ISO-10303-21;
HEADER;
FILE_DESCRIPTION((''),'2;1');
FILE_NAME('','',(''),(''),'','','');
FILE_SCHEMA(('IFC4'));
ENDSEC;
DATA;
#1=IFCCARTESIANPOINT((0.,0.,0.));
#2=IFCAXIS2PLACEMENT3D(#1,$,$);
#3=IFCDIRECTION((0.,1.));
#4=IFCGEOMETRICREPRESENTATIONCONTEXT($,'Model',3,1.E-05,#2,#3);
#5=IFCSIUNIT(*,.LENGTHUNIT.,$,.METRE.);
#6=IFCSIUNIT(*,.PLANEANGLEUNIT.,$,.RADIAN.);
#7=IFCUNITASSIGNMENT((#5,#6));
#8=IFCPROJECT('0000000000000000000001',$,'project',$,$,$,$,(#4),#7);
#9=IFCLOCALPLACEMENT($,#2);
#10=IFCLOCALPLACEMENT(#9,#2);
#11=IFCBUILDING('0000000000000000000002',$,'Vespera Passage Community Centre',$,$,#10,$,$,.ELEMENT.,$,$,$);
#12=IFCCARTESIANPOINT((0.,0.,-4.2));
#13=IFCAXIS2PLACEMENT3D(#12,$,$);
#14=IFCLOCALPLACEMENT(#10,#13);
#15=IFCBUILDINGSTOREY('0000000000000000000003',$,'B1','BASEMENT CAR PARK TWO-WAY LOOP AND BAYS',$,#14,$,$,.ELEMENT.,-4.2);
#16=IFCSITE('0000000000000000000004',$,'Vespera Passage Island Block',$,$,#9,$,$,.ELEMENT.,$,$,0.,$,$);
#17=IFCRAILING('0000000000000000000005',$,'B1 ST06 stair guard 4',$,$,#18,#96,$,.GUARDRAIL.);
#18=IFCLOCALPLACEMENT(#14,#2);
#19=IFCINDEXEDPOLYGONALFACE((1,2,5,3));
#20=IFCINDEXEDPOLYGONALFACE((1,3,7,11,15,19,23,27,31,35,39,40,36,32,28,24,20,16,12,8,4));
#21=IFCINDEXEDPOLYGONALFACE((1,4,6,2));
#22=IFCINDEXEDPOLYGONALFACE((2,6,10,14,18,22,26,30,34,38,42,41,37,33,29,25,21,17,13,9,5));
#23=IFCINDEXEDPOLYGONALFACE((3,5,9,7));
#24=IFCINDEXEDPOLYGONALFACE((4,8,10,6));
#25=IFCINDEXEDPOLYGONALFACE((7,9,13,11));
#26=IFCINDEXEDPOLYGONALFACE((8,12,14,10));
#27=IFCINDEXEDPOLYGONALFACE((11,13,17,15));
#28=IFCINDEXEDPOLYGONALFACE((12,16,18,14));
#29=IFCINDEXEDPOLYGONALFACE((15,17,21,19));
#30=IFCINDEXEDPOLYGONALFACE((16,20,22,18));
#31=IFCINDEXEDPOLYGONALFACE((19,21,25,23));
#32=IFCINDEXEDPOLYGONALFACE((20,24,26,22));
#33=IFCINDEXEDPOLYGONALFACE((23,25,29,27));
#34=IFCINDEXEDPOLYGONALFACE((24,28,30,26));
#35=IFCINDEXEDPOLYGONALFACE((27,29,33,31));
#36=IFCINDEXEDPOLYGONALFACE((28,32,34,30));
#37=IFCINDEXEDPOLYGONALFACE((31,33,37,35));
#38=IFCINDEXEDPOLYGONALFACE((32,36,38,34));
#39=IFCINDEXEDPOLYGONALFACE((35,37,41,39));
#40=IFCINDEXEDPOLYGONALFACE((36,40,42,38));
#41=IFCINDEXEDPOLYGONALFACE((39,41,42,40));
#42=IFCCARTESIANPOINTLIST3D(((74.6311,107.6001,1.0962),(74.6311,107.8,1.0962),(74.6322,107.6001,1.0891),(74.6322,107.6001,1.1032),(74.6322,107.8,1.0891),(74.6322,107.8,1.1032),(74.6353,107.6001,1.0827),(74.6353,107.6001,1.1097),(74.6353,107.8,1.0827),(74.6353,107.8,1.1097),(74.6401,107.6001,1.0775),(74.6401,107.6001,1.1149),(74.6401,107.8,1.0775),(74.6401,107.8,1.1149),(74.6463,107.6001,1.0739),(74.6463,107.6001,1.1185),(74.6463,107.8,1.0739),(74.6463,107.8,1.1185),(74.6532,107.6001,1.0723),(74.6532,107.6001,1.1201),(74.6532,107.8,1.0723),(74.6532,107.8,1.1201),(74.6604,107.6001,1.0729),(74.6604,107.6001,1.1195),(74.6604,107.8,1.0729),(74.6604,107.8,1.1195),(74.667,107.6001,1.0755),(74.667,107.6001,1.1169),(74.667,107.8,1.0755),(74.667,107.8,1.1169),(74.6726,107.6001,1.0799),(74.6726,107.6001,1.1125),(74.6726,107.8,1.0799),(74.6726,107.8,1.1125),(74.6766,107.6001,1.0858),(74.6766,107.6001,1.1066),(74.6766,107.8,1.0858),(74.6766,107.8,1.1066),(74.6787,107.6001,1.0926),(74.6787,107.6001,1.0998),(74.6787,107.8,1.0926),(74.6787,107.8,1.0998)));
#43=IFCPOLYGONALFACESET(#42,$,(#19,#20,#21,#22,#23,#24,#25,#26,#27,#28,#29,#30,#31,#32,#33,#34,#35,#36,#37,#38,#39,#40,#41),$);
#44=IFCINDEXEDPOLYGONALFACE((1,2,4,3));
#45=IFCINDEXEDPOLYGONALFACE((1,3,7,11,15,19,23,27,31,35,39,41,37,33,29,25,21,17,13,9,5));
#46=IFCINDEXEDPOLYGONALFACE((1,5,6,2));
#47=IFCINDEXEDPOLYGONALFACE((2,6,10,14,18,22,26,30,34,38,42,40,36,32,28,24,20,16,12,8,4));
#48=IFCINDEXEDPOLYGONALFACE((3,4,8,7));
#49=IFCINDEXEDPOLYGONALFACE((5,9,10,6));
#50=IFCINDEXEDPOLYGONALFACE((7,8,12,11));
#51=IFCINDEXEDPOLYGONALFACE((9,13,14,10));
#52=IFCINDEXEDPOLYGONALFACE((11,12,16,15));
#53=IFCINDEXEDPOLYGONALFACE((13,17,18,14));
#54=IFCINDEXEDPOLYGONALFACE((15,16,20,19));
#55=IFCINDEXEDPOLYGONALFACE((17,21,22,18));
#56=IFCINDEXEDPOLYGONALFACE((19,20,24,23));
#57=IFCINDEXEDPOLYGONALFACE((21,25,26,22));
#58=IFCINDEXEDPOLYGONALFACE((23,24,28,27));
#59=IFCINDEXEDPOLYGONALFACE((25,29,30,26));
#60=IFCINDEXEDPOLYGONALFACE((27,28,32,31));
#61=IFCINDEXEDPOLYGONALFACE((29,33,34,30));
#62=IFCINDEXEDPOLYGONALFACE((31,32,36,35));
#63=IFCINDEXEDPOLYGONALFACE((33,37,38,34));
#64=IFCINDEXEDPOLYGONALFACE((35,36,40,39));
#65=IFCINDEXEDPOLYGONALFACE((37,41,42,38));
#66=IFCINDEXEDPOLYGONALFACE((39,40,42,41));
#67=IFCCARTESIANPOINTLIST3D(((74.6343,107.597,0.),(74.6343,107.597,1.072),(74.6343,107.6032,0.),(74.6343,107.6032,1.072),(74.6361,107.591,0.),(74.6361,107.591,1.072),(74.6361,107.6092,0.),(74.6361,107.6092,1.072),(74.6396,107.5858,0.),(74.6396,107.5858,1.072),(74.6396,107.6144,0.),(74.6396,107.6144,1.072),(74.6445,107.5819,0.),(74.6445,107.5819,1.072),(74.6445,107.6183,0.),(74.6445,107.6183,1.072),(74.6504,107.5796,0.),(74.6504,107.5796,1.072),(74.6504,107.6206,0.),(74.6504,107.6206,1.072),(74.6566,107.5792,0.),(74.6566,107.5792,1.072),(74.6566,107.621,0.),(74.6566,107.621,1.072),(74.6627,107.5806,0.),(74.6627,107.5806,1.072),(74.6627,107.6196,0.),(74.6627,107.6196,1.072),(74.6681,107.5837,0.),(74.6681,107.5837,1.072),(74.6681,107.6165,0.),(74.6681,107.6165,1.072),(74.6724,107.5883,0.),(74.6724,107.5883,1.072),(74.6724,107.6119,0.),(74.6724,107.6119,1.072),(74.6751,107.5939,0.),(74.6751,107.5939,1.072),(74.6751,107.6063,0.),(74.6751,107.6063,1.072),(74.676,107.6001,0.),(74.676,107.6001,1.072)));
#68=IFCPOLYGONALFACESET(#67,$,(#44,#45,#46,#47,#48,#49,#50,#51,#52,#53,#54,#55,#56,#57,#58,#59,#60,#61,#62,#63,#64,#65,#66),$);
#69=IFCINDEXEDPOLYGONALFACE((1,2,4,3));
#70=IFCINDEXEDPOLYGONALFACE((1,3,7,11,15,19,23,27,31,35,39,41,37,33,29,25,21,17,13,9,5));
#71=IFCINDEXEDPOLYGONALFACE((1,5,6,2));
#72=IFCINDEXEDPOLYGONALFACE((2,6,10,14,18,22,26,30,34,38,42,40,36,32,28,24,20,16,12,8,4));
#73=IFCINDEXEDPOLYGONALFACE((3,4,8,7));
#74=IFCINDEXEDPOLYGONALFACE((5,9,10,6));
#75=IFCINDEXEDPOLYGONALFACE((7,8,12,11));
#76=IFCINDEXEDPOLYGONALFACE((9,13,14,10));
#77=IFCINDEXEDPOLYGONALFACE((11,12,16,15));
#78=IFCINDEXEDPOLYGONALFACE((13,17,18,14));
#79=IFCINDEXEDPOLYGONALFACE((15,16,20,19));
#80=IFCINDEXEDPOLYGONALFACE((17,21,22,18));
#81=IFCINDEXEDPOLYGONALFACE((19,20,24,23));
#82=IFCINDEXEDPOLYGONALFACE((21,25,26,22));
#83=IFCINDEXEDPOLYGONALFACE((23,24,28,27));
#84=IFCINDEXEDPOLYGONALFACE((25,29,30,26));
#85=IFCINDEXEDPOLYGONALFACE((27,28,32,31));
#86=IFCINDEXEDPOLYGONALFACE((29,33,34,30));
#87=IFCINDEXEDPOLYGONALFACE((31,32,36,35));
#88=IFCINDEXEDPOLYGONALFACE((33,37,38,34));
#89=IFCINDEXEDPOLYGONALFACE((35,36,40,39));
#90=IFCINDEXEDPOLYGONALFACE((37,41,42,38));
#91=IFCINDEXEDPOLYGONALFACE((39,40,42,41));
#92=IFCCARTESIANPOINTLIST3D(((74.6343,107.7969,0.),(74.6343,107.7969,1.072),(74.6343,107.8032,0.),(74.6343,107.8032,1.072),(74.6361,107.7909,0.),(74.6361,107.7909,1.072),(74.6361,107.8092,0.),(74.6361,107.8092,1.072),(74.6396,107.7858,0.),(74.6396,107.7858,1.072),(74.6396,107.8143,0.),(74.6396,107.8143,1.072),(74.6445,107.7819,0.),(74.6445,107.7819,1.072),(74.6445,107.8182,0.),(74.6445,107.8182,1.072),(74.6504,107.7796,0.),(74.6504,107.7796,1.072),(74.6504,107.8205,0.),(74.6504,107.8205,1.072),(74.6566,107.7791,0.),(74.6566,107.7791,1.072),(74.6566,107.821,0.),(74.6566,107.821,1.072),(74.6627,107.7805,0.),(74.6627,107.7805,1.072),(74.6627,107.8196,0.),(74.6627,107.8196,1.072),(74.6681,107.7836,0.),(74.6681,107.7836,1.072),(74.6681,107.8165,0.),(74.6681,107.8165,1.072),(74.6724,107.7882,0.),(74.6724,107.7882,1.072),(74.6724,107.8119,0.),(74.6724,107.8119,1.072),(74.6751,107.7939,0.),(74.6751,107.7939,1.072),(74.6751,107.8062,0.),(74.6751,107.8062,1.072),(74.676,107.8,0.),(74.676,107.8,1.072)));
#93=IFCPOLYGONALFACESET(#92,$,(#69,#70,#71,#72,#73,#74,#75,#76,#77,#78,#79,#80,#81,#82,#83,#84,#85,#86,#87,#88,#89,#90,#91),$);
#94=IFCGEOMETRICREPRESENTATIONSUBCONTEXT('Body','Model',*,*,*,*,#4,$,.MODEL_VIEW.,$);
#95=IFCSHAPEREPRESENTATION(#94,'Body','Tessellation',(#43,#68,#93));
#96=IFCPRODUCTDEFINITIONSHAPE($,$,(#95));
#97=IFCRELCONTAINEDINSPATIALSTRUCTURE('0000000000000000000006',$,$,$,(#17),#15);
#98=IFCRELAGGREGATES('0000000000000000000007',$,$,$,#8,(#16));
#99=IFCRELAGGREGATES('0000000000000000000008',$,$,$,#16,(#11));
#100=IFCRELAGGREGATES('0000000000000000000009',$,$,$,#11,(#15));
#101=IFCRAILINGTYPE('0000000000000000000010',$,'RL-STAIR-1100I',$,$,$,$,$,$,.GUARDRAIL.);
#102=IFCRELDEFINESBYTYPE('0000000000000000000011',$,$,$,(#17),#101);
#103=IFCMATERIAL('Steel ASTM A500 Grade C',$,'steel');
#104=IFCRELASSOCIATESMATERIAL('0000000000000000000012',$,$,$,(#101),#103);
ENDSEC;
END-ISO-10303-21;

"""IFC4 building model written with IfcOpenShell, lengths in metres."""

from ifc_helpers import new_model, si_unit, direction, frame, origin, origin_2d, place, context, subcontext, project, spatial, circle, extrude, material, type_object, element, save


model = new_model("IFC4")

# Units and contexts
model_context = context("Model", 3, precision=1e-05, world=origin(), true_north=direction((0.0, 1.0)))
body_context = subcontext(model_context, "Body", "Model", "MODEL_VIEW")
ifc_project = project(units=[si_unit("LENGTHUNIT", "METRE"), si_unit("PLANEANGLEUNIT", "RADIAN")], contexts=[model_context])

# Site, building, storey
site_placement = place(None, origin())
site = spatial("IfcSite", under=ifc_project, at=site_placement, Name="Vespera Passage Island Block", CompositionType="ELEMENT", RefElevation=0.0)
building_placement = place(site_placement, origin())
building = spatial("IfcBuilding", under=site, at=building_placement, Name="Vespera Passage Community Centre", CompositionType="ELEMENT")
storey_placement = place(building_placement, frame((0.0, 0.0, -4.2)))
storey = spatial("IfcBuildingStorey", under=building, at=storey_placement, Name="B1", Description="BASEMENT CAR PARK TWO-WAY LOOP AND BAYS", CompositionType="ELEMENT", Elevation=-4.2)

# Railing
ifc_material_1 = material(Name="Steel ASTM A500 Grade C", Category="steel")
railing_type_1 = type_object("IfcRailingType", Name="RL-STAIR-1100I", PredefinedType="GUARDRAIL", material=ifc_material_1)
railing_1_placement = place(storey_placement, frame((74.655, 107.6001, 0.0)))
element("IfcRailing", 1, at=railing_1_placement, inside=storey, type_object=railing_type_1, Name="B1 ST06 stair guard 4", PredefinedType="GUARDRAIL", context=body_context, shape_type="SweptSolid", body=[
    extrude(circle(Radius=0.0239, at=origin_2d()), frame((0.0, 0.0, 1.0962), z_axis=(0.0, 1.0, 0.0), x_axis=(-1.0, 0.0, 0.0)), (0.0, 0.0, 1.0), 0.2),
    extrude(circle(Radius=0.021, at=origin_2d()), origin(), (0.0, 0.0, 1.0), 1.072),
    extrude(circle(Radius=0.021, at=origin_2d()), frame((0.0, 0.2, 0.0)), (0.0, 0.0, 1.0), 1.072),
])

save(model, "model.ifc")
